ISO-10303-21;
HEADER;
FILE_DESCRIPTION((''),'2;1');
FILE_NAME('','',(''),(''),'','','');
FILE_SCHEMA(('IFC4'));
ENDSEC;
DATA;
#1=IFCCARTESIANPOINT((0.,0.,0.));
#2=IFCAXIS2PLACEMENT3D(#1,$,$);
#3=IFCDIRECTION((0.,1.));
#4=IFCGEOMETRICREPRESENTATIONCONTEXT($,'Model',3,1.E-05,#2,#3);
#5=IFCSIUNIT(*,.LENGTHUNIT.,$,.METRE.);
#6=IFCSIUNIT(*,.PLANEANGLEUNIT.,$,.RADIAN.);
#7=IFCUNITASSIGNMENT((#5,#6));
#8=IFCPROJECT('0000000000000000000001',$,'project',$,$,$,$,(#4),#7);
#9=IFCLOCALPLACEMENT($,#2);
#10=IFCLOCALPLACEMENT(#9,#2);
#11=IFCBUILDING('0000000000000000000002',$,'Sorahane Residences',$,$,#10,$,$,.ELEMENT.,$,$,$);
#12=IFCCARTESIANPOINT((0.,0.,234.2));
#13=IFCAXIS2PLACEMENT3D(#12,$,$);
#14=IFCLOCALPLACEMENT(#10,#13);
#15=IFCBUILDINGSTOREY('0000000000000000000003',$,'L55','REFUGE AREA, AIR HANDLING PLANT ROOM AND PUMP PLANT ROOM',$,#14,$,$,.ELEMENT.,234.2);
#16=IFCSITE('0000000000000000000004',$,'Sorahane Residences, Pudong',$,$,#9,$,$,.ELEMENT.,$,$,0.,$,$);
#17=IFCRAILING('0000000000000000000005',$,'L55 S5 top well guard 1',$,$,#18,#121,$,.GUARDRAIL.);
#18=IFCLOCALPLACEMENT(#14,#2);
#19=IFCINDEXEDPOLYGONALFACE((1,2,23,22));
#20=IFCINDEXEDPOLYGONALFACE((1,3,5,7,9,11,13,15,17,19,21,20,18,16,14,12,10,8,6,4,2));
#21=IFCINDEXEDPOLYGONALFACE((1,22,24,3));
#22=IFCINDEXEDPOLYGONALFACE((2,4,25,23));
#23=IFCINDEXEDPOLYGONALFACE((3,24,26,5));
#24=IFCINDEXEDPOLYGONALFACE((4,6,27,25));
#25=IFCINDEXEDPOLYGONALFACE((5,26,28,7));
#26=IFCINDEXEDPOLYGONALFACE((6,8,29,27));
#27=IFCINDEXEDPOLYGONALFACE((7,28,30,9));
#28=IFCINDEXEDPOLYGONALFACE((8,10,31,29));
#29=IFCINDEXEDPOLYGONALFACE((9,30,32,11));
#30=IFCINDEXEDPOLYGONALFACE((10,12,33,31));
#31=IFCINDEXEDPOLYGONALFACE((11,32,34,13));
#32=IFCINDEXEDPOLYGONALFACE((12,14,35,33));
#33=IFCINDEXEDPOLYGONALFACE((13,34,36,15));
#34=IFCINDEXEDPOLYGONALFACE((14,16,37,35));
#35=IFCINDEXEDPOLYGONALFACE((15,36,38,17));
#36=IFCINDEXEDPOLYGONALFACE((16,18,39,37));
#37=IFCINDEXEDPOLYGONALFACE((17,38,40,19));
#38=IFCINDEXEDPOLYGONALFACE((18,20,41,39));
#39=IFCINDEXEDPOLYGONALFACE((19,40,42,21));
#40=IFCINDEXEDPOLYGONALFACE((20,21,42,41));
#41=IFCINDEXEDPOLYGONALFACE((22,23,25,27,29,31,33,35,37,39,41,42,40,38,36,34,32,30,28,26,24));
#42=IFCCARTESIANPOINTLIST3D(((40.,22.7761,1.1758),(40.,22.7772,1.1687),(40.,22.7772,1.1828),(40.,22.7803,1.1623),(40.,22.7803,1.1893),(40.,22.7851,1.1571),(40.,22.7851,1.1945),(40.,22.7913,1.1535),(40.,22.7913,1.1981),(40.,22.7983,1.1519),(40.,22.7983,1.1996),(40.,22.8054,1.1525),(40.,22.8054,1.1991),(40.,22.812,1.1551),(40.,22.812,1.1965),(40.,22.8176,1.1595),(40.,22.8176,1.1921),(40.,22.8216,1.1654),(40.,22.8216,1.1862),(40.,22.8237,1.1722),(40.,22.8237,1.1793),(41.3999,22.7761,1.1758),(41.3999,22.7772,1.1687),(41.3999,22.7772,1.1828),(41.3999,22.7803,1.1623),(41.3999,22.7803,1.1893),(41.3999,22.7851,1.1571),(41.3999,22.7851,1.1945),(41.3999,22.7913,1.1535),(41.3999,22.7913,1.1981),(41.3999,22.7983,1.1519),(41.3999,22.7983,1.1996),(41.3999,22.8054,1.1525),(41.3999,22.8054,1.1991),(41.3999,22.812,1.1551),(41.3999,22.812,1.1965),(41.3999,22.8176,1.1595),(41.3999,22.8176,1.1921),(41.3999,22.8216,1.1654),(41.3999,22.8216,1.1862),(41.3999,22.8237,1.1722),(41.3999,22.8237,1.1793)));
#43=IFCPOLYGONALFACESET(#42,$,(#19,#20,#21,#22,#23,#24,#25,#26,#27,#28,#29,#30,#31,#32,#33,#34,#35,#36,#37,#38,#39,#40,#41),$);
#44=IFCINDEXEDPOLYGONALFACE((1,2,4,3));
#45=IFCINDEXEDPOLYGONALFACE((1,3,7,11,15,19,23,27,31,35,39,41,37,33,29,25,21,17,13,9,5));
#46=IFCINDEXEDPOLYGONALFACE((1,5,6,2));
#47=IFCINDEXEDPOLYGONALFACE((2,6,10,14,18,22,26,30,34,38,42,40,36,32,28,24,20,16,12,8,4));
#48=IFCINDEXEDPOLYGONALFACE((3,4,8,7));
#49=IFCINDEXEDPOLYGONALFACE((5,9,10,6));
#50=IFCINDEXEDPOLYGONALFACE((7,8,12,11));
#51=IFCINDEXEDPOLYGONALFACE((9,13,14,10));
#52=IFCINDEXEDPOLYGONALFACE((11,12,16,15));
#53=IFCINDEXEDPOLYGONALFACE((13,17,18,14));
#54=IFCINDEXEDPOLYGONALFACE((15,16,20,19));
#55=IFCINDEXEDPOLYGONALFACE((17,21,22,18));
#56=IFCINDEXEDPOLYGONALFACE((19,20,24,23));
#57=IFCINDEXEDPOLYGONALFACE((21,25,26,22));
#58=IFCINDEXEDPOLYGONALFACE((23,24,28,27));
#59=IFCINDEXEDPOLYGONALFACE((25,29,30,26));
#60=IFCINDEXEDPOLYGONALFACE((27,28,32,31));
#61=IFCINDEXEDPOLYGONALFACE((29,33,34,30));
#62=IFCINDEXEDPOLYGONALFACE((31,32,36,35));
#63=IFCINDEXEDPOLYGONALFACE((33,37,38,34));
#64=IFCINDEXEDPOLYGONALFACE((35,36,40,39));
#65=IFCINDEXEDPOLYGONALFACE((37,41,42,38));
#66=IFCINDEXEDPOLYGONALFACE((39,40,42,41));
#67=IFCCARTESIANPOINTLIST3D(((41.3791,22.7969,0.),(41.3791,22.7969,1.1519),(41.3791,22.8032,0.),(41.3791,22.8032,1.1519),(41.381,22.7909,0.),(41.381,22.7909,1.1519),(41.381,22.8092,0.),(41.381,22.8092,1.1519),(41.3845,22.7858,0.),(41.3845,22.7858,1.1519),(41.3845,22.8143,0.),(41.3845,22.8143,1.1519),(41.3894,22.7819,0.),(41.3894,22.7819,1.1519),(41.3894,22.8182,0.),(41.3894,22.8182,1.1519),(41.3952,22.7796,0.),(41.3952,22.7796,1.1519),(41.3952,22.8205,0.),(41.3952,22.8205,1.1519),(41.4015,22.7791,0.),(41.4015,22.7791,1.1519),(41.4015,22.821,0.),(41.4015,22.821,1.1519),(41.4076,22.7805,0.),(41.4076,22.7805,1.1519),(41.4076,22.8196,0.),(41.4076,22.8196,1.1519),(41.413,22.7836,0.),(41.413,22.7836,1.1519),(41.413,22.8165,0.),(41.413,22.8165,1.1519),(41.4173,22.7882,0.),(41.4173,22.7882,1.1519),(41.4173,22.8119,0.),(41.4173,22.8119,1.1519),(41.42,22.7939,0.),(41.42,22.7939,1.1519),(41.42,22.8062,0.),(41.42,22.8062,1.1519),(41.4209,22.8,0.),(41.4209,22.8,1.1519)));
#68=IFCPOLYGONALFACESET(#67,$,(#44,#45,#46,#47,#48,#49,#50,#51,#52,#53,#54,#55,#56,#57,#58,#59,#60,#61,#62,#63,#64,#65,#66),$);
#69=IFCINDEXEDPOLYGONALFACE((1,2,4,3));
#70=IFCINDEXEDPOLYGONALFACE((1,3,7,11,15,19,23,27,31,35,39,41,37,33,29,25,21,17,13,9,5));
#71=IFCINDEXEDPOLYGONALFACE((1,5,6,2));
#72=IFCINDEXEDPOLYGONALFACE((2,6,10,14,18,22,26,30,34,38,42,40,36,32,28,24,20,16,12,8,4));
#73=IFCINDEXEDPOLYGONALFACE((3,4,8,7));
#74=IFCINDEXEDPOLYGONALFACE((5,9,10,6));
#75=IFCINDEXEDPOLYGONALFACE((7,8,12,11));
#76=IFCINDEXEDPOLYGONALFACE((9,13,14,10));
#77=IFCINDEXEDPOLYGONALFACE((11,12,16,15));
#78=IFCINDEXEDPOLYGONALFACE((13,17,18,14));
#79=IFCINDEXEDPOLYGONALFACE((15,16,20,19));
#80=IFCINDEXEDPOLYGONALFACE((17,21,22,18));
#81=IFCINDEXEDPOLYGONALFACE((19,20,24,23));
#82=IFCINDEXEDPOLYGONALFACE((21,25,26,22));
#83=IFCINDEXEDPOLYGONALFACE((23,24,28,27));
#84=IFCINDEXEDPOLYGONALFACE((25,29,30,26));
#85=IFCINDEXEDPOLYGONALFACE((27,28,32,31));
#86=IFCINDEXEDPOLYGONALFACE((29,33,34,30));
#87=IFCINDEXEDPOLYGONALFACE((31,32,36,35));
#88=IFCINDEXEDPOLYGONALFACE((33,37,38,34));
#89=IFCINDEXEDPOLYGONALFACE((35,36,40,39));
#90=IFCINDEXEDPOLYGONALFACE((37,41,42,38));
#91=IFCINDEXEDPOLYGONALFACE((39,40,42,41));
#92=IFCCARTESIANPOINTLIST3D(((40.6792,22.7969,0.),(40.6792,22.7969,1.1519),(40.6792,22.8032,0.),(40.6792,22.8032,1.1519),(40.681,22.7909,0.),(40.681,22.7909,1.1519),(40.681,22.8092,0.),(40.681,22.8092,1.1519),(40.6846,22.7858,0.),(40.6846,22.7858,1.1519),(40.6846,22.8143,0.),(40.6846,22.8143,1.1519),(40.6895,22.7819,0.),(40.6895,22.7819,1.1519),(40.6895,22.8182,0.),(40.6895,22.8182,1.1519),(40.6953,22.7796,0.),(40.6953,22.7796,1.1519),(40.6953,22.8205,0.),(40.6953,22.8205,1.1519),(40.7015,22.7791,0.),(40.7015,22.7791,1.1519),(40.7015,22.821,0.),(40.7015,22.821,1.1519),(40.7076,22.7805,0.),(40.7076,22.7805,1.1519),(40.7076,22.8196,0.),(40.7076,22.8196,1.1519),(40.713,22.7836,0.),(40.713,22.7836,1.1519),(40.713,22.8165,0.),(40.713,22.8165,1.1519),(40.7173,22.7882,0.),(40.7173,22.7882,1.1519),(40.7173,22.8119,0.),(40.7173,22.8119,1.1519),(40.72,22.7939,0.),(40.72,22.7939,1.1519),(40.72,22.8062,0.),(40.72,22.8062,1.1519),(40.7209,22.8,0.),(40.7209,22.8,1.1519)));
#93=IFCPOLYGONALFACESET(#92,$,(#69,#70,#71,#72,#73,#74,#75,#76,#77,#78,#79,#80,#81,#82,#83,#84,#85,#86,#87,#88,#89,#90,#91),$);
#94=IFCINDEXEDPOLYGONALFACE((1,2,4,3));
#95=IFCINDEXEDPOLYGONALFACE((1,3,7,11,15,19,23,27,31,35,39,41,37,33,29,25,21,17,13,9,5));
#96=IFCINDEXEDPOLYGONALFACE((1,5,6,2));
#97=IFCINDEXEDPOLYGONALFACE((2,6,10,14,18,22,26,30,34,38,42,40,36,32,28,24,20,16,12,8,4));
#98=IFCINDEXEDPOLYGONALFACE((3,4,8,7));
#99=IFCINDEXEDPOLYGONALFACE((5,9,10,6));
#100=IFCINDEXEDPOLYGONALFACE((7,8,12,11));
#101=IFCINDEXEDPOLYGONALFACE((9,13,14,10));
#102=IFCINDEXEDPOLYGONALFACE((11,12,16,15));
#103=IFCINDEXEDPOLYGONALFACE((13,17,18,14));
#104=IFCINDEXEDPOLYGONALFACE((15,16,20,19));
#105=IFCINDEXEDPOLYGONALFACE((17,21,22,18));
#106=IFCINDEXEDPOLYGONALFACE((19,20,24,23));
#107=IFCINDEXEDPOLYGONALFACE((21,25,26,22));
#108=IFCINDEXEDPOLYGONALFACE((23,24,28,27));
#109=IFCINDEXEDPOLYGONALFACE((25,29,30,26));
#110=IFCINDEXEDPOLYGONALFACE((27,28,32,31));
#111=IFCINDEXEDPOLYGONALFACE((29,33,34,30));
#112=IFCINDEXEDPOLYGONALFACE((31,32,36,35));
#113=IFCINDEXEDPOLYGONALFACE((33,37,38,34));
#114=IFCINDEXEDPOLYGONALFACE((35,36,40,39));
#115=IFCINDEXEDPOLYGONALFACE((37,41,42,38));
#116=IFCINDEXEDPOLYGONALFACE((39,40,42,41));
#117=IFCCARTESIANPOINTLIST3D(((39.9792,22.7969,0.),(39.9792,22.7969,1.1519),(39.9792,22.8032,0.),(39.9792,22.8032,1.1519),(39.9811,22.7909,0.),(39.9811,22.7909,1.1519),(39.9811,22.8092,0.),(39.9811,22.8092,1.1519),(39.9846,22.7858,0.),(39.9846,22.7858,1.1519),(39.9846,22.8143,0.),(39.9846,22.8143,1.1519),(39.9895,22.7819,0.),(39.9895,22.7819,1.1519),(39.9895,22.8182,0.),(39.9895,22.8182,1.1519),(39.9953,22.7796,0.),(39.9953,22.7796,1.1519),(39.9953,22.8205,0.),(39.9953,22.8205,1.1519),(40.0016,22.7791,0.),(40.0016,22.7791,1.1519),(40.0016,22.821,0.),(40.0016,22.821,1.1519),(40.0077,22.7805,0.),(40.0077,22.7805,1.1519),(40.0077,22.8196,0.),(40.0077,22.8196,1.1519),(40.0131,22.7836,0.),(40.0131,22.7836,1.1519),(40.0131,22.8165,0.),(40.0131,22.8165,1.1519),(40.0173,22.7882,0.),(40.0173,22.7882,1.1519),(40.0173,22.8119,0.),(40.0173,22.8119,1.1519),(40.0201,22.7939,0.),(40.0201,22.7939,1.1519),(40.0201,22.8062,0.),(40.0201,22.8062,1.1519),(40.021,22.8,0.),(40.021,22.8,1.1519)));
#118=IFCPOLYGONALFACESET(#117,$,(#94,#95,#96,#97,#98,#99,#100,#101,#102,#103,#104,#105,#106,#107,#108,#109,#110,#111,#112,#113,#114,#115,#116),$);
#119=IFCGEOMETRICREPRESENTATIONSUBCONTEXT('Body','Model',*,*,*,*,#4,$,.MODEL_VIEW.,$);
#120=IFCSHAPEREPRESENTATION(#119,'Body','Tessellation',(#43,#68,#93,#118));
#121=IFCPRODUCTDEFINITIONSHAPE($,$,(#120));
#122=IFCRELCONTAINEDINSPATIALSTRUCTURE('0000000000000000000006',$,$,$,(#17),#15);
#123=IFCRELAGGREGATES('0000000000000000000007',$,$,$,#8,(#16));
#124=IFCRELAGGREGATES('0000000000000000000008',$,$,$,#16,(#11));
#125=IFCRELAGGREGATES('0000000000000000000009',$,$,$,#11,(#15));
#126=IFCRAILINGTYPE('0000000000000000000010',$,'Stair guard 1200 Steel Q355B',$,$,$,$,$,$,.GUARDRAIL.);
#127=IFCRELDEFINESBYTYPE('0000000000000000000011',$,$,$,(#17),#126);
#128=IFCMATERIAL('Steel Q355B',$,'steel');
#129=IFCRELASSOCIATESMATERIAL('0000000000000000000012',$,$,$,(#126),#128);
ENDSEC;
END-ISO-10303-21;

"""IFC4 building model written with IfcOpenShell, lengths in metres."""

from ifc_helpers import new_model, si_unit, direction, frame, origin, origin_2d, place, context, subcontext, project, spatial, circle, extrude, material, type_object, element, save


model = new_model("IFC4")

# Units and contexts
model_context = context("Model", 3, precision=1e-05, world=origin(), true_north=direction((0.0, 1.0)))
body_context = subcontext(model_context, "Body", "Model", "MODEL_VIEW")
ifc_project = project(units=[si_unit("LENGTHUNIT", "METRE"), si_unit("PLANEANGLEUNIT", "RADIAN")], contexts=[model_context])

# Site, building, storey
site_placement = place(None, origin())
site = spatial("IfcSite", under=ifc_project, at=site_placement, Name="Sorahane Residences, Pudong", CompositionType="ELEMENT", RefElevation=0.0)
building_placement = place(site_placement, origin())
building = spatial("IfcBuilding", under=site, at=building_placement, Name="Sorahane Residences", CompositionType="ELEMENT")
storey_placement = place(building_placement, frame((0.0, 0.0, 234.2)))
storey = spatial("IfcBuildingStorey", under=building, at=storey_placement, Name="L55", Description="REFUGE AREA, AIR HANDLING PLANT ROOM AND PUMP PLANT ROOM", CompositionType="ELEMENT", Elevation=234.2)

# Railing
ifc_material_1 = material(Name="Steel Q355B", Category="steel")
railing_type_1 = type_object("IfcRailingType", Name="Stair guard 1200 Steel Q355B", PredefinedType="GUARDRAIL", material=ifc_material_1)
railing_1_placement = place(storey_placement, frame((41.3999, 22.8, 0.0)))
element("IfcRailing", 1, at=railing_1_placement, inside=storey, type_object=railing_type_1, Name="L55 S5 top well guard 1", PredefinedType="GUARDRAIL", context=body_context, shape_type="SweptSolid", body=[
    extrude(circle(Radius=0.0239, at=origin_2d()), frame((0.0, 0.0, 1.1758), z_axis=(-1.0, 0.0, 0.0), x_axis=(0.0, -1.0, 0.0)), (0.0, 0.0, 1.0), 1.3999),
    extrude(circle(Radius=0.021, at=origin_2d()), origin(), (0.0, 0.0, 1.0), 1.1519),
    extrude(circle(Radius=0.021, at=origin_2d()), frame((-0.7, 0.0, 0.0)), (0.0, 0.0, 1.0), 1.1519),
    extrude(circle(Radius=0.021, at=origin_2d()), frame((-1.3999, 0.0, 0.0)), (0.0, 0.0, 1.0), 1.1519),
])

save(model, "model.ifc")
